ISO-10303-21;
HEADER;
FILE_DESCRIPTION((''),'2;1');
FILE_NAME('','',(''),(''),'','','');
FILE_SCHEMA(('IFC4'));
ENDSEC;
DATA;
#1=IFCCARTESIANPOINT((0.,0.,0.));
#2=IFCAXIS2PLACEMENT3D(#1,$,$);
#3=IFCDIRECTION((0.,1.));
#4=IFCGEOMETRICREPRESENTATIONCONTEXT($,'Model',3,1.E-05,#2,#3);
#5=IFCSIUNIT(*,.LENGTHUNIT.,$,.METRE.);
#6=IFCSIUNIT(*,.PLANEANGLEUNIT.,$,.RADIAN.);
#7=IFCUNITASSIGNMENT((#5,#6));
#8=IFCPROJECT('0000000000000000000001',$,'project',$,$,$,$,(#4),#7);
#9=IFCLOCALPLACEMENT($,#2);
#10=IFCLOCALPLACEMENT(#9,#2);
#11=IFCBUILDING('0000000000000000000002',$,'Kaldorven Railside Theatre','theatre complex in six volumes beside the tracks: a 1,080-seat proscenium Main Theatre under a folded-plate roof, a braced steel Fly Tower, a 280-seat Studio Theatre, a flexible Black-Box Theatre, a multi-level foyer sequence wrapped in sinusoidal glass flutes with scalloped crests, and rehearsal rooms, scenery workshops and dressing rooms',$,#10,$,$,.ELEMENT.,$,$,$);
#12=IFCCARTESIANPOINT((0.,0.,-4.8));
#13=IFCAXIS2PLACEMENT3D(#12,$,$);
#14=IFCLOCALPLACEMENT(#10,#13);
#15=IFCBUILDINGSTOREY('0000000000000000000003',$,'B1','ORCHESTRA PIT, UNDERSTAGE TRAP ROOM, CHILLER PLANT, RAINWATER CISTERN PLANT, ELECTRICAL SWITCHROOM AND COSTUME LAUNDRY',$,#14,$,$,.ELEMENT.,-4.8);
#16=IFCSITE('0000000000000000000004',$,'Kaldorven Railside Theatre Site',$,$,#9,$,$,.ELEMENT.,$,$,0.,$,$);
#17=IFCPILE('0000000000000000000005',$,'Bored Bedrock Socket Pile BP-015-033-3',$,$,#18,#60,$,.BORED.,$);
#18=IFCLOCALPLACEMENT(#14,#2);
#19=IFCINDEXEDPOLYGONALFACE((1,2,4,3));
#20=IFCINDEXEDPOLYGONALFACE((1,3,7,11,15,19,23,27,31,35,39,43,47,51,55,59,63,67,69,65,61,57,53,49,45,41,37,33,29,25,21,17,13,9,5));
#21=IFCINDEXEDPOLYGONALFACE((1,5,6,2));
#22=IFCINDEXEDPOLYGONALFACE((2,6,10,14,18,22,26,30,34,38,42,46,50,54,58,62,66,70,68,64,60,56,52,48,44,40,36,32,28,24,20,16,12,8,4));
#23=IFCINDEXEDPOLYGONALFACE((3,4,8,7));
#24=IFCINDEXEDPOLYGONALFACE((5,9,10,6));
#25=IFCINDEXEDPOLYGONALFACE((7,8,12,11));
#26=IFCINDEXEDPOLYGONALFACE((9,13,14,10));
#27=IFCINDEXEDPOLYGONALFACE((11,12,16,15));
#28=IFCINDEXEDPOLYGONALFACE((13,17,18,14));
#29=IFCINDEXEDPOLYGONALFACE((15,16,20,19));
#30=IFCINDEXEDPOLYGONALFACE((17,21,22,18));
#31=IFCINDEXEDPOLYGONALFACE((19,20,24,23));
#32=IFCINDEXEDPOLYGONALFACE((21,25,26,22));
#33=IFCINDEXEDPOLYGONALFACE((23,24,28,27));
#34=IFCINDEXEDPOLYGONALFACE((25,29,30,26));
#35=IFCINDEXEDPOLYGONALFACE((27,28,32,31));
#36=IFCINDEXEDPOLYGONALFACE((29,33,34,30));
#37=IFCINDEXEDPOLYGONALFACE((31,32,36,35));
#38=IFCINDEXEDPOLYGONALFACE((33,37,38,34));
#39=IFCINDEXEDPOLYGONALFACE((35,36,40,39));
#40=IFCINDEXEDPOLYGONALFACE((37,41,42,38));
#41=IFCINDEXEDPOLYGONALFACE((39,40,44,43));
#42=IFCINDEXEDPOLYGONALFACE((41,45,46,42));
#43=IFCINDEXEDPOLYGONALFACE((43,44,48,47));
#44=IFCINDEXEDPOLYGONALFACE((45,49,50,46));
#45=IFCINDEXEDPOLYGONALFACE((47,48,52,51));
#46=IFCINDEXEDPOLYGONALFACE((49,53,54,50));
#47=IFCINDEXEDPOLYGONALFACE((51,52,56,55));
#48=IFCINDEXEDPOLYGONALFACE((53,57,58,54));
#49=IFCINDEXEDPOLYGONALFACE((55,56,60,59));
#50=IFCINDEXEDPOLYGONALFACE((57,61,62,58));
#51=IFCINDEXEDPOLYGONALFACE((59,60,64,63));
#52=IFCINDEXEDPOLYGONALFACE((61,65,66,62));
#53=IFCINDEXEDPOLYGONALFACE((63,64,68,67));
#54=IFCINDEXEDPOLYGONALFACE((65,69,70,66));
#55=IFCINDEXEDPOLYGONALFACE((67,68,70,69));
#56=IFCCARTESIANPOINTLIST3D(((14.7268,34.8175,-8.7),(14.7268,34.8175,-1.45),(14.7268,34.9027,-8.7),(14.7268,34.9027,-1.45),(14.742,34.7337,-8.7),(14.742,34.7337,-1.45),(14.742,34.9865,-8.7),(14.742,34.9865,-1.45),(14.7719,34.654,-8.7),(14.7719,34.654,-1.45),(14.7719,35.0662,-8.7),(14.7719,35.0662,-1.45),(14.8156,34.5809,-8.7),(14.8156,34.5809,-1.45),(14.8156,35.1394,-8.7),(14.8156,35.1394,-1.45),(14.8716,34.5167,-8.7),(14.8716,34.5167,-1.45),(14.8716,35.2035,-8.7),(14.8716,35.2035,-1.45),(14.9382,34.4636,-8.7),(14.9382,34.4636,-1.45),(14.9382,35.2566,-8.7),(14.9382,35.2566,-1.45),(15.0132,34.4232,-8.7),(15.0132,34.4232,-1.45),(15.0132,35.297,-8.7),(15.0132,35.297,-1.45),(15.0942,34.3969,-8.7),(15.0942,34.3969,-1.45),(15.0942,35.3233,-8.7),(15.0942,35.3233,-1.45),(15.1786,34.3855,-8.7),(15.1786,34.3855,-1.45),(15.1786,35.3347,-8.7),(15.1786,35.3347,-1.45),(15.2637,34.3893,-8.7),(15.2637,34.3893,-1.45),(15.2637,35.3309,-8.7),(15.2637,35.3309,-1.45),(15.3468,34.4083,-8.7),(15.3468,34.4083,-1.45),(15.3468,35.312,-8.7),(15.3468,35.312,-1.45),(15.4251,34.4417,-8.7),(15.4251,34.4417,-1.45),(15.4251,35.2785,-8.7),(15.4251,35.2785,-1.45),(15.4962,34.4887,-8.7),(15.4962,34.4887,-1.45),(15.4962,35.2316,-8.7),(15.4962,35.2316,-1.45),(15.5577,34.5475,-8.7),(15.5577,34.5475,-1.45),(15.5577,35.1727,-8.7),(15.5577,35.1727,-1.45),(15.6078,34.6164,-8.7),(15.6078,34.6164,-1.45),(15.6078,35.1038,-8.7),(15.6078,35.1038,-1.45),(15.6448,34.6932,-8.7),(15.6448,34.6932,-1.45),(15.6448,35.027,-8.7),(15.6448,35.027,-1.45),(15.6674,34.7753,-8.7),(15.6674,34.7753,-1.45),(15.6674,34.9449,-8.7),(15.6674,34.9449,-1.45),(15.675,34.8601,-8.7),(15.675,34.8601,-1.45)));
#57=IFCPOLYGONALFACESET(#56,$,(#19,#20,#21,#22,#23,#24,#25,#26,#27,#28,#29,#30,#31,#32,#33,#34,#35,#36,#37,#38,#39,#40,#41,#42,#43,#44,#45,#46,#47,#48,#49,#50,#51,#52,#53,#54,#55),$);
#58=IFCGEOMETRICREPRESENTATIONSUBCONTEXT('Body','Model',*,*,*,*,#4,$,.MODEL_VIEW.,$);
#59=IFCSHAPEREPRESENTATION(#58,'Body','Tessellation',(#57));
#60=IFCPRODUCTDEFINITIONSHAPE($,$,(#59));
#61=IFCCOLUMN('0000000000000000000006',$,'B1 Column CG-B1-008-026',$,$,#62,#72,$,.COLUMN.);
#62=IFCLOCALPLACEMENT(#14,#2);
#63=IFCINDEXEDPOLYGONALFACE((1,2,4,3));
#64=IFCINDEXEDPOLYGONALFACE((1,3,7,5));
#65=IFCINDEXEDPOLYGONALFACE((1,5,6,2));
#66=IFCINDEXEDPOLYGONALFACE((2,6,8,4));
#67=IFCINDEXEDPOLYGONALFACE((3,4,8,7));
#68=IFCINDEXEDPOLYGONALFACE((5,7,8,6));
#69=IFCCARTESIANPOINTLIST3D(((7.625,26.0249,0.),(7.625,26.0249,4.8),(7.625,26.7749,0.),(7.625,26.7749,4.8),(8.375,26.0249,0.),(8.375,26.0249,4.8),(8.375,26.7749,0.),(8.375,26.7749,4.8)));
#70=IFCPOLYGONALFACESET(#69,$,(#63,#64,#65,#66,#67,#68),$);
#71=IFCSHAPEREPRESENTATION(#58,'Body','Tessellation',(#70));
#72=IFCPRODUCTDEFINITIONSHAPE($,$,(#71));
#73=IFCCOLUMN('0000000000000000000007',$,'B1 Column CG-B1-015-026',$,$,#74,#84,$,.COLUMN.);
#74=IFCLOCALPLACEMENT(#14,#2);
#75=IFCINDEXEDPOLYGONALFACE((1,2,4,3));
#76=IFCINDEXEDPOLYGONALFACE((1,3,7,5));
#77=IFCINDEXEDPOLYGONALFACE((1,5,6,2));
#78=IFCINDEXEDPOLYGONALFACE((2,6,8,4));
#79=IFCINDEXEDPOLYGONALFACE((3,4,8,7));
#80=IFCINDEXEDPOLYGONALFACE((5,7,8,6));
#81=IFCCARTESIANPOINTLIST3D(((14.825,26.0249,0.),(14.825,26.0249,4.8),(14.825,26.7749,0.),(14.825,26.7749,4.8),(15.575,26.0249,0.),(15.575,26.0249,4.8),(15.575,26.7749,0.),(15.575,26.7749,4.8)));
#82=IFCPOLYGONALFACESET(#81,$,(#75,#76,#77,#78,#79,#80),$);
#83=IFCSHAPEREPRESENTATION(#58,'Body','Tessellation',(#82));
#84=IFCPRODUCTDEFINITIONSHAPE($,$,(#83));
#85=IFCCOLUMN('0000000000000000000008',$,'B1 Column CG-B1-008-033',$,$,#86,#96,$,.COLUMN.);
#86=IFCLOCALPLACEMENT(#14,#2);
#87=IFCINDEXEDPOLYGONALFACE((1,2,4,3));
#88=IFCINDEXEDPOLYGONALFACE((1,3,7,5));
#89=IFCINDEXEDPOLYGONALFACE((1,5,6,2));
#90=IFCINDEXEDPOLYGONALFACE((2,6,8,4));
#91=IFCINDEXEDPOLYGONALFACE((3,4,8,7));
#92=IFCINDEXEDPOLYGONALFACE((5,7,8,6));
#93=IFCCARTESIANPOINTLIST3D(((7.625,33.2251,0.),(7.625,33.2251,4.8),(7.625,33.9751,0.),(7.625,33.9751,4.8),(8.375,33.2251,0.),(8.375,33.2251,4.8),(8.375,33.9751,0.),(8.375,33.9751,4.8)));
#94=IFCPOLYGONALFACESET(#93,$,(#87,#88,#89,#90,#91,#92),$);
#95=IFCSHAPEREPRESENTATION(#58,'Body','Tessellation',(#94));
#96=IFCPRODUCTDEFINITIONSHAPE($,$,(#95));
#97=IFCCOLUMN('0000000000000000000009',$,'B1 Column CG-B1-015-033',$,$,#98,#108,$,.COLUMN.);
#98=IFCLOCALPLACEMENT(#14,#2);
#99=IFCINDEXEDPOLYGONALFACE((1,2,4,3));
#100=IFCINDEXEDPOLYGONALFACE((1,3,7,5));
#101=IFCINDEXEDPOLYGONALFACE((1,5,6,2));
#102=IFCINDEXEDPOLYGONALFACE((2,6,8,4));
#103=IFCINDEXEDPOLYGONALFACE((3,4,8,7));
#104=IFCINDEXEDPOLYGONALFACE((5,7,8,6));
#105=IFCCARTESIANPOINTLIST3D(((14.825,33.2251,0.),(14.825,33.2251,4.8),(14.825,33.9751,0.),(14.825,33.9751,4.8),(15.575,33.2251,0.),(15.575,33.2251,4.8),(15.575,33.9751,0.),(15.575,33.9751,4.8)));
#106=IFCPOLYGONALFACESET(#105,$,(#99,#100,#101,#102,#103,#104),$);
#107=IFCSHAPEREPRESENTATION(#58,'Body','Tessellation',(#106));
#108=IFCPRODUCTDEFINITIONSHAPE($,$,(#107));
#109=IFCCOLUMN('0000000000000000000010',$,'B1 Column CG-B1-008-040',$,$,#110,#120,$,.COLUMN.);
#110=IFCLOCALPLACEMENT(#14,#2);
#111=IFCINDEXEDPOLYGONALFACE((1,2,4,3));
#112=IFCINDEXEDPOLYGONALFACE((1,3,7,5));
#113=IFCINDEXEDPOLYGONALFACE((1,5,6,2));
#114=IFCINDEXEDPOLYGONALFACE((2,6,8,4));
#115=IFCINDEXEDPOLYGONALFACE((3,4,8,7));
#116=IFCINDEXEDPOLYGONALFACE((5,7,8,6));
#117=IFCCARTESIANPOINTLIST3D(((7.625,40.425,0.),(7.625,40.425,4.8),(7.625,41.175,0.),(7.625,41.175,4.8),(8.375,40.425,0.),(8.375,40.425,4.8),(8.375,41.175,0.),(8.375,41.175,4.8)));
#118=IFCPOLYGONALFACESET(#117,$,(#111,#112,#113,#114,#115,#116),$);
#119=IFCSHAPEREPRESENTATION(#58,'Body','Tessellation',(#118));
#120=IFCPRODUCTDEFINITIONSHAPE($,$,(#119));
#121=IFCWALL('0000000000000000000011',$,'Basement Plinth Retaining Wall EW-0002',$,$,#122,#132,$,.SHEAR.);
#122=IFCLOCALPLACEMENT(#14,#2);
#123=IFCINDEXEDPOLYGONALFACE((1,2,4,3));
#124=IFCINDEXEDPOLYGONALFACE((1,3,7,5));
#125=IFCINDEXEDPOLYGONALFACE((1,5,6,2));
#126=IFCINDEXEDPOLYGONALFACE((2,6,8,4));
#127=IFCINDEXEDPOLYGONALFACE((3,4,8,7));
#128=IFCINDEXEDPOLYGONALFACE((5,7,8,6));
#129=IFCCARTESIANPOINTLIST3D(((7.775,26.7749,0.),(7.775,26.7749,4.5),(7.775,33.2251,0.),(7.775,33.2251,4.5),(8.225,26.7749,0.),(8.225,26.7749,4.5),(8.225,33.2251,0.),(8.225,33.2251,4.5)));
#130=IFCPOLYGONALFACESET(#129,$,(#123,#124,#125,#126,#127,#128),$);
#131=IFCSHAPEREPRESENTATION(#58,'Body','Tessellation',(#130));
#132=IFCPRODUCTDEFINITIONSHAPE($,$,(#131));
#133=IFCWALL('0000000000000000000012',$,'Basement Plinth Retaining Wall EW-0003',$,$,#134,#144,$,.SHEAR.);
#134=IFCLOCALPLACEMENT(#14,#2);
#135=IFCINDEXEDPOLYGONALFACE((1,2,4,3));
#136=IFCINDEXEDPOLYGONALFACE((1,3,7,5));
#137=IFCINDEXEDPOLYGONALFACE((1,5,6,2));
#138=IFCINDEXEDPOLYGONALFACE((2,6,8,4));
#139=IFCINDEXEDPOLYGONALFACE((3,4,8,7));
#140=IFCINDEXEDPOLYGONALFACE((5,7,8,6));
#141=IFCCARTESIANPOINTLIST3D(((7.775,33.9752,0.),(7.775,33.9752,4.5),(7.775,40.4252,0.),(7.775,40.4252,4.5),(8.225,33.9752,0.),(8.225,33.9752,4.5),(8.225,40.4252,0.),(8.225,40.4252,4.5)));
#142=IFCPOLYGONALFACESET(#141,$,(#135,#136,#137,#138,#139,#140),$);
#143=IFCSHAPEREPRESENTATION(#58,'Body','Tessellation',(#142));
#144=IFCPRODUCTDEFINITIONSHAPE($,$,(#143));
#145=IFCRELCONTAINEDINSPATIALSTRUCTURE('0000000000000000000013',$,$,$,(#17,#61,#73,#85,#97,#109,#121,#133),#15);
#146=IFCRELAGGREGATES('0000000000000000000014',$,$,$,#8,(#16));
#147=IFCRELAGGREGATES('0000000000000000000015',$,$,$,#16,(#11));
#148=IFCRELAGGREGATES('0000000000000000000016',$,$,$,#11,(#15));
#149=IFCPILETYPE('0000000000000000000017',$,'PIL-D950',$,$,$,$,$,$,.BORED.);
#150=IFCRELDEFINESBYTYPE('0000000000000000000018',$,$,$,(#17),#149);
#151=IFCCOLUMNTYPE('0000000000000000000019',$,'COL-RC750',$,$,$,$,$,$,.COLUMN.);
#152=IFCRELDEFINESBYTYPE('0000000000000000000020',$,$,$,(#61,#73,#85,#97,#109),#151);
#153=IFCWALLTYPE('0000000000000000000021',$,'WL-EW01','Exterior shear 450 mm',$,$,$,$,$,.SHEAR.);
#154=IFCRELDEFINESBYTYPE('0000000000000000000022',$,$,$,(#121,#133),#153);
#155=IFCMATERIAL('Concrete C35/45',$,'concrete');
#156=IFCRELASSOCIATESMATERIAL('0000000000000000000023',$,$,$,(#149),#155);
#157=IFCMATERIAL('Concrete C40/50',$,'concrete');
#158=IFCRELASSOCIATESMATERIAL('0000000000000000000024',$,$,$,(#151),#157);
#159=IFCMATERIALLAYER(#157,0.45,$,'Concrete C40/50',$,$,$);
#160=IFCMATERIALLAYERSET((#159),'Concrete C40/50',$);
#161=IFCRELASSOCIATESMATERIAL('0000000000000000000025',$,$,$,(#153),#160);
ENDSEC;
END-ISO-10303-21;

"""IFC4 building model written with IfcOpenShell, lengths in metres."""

from ifc_helpers import new_model, si_unit, direction, frame, frame_2d, origin, origin_2d, place, context, subcontext, project, spatial, rectangle, circle, extrude, material, layer, layer_set, material_profile, profile_set, type_object, element, save


model = new_model("IFC4")

# Units and contexts
model_context = context("Model", 3, precision=1e-05, world=origin(), true_north=direction((0.0, 1.0)))
body_context = subcontext(model_context, "Body", "Model", "MODEL_VIEW")
ifc_project = project(units=[si_unit("LENGTHUNIT", "METRE"), si_unit("PLANEANGLEUNIT", "RADIAN")], contexts=[model_context])

# Site, building, storey
site_placement = place(None, origin())
site = spatial("IfcSite", under=ifc_project, at=site_placement, Name="Kaldorven Railside Theatre Site", CompositionType="ELEMENT", RefElevation=0.0)
building_placement = place(site_placement, origin())
building = spatial("IfcBuilding", under=site, at=building_placement, Name="Kaldorven Railside Theatre", Description="theatre complex in six volumes beside the tracks: a 1,080-seat proscenium Main Theatre under a folded-plate roof, a braced steel Fly Tower, a 280-seat Studio Theatre, a flexible Black-Box Theatre, a multi-level foyer sequence wrapped in sinusoidal glass flutes with scalloped crests, and rehearsal rooms, scenery workshops and dressing rooms", CompositionType="ELEMENT")
storey_placement = place(building_placement, frame((0.0, 0.0, -4.8)))
storey = spatial("IfcBuildingStorey", under=building, at=storey_placement, Name="B1", Description="ORCHESTRA PIT, UNDERSTAGE TRAP ROOM, CHILLER PLANT, RAINWATER CISTERN PLANT, ELECTRICAL SWITCHROOM AND COSTUME LAUNDRY", CompositionType="ELEMENT", Elevation=-4.8)

# Shared definitions
ifc_material_1 = material(Name="Concrete C40/50", Category="concrete")

# Pile
ifc_material_2 = material(Name="Concrete C35/45", Category="concrete")
ifc_material_profile_1 = material_profile(ifc_material_2, circle(Radius=0.4751, at=origin_2d()), Name="BP D950")
ifc_profile_set_1 = profile_set([ifc_material_profile_1], Name="Concrete C35/45")
pile_type_1 = type_object("IfcPileType", Name="PIL-D950", PredefinedType="BORED", material=ifc_profile_set_1)
for number, where, z_axis, x_axis, name in (
    (1, (15.2, 34.8601, -1.45), (0.0, 0.0, -1.0), (1.0, 0.0, 0.0), "Bored Bedrock Socket Pile BP-015-033-3"),
):
    element("IfcPile", number, at=place(storey_placement, frame(where, z_axis=z_axis, x_axis=x_axis)), inside=storey, type_object=pile_type_1, Name=name, PredefinedType="BORED", context=body_context, shape_type="SweptSolid", body=[
        extrude(circle(Radius=0.4751, at=origin_2d()), origin(), (0.0, 0.0, 1.0), 7.25),
    ])

# Columns
ifc_material_profile_2 = material_profile(ifc_material_1, rectangle(XDim=0.75, YDim=0.75, at=origin_2d()), Name="RC 750x750")
ifc_profile_set_2 = profile_set([ifc_material_profile_2], Name="Concrete C40/50")
column_type = type_object("IfcColumnType", Name="COL-RC750", PredefinedType="COLUMN", material=ifc_profile_set_2)
for number, where, z_axis, x_axis, name in (
    (2, (8.0, 26.3999, 0.0), (0.0, 0.0, 1.0), (1.0, 0.0, 0.0), "B1 Column CG-B1-008-026"),
    (3, (15.2, 26.3999, 0.0), (0.0, 0.0, 1.0), (0.0, 1.0, 0.0), "B1 Column CG-B1-015-026"),
    (4, (8.0, 33.6001, 0.0), (0.0, 0.0, 1.0), (0.0, 1.0, 0.0), "B1 Column CG-B1-008-033"),
    (5, (15.2, 33.6001, 0.0), (0.0, 0.0, 1.0), (1.0, 0.0, 0.0), "B1 Column CG-B1-015-033"),
    (6, (8.0, 40.8, 0.0), (0.0, 0.0, 1.0), (1.0, 0.0, 0.0), "B1 Column CG-B1-008-040"),
):
    element("IfcColumn", number, at=place(storey_placement, frame(where, z_axis=z_axis, x_axis=x_axis)), inside=storey, type_object=column_type, Name=name, PredefinedType="COLUMN", context=body_context, shape_type="SweptSolid", body=[
        extrude(rectangle(XDim=0.75, YDim=0.75, at=origin_2d()), origin(), (0.0, 0.0, 1.0), 4.8),
    ])

# Walls
ifc_layer = layer(ifc_material_1, 0.45, Name="Concrete C40/50")
ifc_layer_set = layer_set([ifc_layer], Name="Concrete C40/50")
wall_type = type_object("IfcWallType", Name="WL-EW01", Description="Exterior shear 450 mm", PredefinedType="SHEAR", material=ifc_layer_set)
wall_1_placement = place(storey_placement, frame((8.0, 26.7749, 0.0), z_axis=(0.0, 0.0, 1.0), x_axis=(0.0, 1.0, 0.0)))
element("IfcWall", 7, at=wall_1_placement, inside=storey, type_object=wall_type, Name="Basement Plinth Retaining Wall EW-0002", PredefinedType="SHEAR", context=body_context, shape_type="SweptSolid", body=[
    extrude(rectangle(XDim=6.4502, YDim=0.45, at=frame_2d((3.2251, 0.0))), origin(), (0.0, 0.0, 1.0), 4.5),
])
wall_2_placement = place(storey_placement, frame((8.0, 33.9751, 0.0), z_axis=(0.0, 0.0, 1.0), x_axis=(0.0, 1.0, 0.0)))
element("IfcWall", 8, at=wall_2_placement, inside=storey, type_object=wall_type, Name="Basement Plinth Retaining Wall EW-0003", PredefinedType="SHEAR", context=body_context, shape_type="SweptSolid", body=[
    extrude(rectangle(XDim=6.45, YDim=0.45, at=frame_2d((3.2251, 0.0))), origin(), (0.0, 0.0, 1.0), 4.5),
])

save(model, "model.ifc")
